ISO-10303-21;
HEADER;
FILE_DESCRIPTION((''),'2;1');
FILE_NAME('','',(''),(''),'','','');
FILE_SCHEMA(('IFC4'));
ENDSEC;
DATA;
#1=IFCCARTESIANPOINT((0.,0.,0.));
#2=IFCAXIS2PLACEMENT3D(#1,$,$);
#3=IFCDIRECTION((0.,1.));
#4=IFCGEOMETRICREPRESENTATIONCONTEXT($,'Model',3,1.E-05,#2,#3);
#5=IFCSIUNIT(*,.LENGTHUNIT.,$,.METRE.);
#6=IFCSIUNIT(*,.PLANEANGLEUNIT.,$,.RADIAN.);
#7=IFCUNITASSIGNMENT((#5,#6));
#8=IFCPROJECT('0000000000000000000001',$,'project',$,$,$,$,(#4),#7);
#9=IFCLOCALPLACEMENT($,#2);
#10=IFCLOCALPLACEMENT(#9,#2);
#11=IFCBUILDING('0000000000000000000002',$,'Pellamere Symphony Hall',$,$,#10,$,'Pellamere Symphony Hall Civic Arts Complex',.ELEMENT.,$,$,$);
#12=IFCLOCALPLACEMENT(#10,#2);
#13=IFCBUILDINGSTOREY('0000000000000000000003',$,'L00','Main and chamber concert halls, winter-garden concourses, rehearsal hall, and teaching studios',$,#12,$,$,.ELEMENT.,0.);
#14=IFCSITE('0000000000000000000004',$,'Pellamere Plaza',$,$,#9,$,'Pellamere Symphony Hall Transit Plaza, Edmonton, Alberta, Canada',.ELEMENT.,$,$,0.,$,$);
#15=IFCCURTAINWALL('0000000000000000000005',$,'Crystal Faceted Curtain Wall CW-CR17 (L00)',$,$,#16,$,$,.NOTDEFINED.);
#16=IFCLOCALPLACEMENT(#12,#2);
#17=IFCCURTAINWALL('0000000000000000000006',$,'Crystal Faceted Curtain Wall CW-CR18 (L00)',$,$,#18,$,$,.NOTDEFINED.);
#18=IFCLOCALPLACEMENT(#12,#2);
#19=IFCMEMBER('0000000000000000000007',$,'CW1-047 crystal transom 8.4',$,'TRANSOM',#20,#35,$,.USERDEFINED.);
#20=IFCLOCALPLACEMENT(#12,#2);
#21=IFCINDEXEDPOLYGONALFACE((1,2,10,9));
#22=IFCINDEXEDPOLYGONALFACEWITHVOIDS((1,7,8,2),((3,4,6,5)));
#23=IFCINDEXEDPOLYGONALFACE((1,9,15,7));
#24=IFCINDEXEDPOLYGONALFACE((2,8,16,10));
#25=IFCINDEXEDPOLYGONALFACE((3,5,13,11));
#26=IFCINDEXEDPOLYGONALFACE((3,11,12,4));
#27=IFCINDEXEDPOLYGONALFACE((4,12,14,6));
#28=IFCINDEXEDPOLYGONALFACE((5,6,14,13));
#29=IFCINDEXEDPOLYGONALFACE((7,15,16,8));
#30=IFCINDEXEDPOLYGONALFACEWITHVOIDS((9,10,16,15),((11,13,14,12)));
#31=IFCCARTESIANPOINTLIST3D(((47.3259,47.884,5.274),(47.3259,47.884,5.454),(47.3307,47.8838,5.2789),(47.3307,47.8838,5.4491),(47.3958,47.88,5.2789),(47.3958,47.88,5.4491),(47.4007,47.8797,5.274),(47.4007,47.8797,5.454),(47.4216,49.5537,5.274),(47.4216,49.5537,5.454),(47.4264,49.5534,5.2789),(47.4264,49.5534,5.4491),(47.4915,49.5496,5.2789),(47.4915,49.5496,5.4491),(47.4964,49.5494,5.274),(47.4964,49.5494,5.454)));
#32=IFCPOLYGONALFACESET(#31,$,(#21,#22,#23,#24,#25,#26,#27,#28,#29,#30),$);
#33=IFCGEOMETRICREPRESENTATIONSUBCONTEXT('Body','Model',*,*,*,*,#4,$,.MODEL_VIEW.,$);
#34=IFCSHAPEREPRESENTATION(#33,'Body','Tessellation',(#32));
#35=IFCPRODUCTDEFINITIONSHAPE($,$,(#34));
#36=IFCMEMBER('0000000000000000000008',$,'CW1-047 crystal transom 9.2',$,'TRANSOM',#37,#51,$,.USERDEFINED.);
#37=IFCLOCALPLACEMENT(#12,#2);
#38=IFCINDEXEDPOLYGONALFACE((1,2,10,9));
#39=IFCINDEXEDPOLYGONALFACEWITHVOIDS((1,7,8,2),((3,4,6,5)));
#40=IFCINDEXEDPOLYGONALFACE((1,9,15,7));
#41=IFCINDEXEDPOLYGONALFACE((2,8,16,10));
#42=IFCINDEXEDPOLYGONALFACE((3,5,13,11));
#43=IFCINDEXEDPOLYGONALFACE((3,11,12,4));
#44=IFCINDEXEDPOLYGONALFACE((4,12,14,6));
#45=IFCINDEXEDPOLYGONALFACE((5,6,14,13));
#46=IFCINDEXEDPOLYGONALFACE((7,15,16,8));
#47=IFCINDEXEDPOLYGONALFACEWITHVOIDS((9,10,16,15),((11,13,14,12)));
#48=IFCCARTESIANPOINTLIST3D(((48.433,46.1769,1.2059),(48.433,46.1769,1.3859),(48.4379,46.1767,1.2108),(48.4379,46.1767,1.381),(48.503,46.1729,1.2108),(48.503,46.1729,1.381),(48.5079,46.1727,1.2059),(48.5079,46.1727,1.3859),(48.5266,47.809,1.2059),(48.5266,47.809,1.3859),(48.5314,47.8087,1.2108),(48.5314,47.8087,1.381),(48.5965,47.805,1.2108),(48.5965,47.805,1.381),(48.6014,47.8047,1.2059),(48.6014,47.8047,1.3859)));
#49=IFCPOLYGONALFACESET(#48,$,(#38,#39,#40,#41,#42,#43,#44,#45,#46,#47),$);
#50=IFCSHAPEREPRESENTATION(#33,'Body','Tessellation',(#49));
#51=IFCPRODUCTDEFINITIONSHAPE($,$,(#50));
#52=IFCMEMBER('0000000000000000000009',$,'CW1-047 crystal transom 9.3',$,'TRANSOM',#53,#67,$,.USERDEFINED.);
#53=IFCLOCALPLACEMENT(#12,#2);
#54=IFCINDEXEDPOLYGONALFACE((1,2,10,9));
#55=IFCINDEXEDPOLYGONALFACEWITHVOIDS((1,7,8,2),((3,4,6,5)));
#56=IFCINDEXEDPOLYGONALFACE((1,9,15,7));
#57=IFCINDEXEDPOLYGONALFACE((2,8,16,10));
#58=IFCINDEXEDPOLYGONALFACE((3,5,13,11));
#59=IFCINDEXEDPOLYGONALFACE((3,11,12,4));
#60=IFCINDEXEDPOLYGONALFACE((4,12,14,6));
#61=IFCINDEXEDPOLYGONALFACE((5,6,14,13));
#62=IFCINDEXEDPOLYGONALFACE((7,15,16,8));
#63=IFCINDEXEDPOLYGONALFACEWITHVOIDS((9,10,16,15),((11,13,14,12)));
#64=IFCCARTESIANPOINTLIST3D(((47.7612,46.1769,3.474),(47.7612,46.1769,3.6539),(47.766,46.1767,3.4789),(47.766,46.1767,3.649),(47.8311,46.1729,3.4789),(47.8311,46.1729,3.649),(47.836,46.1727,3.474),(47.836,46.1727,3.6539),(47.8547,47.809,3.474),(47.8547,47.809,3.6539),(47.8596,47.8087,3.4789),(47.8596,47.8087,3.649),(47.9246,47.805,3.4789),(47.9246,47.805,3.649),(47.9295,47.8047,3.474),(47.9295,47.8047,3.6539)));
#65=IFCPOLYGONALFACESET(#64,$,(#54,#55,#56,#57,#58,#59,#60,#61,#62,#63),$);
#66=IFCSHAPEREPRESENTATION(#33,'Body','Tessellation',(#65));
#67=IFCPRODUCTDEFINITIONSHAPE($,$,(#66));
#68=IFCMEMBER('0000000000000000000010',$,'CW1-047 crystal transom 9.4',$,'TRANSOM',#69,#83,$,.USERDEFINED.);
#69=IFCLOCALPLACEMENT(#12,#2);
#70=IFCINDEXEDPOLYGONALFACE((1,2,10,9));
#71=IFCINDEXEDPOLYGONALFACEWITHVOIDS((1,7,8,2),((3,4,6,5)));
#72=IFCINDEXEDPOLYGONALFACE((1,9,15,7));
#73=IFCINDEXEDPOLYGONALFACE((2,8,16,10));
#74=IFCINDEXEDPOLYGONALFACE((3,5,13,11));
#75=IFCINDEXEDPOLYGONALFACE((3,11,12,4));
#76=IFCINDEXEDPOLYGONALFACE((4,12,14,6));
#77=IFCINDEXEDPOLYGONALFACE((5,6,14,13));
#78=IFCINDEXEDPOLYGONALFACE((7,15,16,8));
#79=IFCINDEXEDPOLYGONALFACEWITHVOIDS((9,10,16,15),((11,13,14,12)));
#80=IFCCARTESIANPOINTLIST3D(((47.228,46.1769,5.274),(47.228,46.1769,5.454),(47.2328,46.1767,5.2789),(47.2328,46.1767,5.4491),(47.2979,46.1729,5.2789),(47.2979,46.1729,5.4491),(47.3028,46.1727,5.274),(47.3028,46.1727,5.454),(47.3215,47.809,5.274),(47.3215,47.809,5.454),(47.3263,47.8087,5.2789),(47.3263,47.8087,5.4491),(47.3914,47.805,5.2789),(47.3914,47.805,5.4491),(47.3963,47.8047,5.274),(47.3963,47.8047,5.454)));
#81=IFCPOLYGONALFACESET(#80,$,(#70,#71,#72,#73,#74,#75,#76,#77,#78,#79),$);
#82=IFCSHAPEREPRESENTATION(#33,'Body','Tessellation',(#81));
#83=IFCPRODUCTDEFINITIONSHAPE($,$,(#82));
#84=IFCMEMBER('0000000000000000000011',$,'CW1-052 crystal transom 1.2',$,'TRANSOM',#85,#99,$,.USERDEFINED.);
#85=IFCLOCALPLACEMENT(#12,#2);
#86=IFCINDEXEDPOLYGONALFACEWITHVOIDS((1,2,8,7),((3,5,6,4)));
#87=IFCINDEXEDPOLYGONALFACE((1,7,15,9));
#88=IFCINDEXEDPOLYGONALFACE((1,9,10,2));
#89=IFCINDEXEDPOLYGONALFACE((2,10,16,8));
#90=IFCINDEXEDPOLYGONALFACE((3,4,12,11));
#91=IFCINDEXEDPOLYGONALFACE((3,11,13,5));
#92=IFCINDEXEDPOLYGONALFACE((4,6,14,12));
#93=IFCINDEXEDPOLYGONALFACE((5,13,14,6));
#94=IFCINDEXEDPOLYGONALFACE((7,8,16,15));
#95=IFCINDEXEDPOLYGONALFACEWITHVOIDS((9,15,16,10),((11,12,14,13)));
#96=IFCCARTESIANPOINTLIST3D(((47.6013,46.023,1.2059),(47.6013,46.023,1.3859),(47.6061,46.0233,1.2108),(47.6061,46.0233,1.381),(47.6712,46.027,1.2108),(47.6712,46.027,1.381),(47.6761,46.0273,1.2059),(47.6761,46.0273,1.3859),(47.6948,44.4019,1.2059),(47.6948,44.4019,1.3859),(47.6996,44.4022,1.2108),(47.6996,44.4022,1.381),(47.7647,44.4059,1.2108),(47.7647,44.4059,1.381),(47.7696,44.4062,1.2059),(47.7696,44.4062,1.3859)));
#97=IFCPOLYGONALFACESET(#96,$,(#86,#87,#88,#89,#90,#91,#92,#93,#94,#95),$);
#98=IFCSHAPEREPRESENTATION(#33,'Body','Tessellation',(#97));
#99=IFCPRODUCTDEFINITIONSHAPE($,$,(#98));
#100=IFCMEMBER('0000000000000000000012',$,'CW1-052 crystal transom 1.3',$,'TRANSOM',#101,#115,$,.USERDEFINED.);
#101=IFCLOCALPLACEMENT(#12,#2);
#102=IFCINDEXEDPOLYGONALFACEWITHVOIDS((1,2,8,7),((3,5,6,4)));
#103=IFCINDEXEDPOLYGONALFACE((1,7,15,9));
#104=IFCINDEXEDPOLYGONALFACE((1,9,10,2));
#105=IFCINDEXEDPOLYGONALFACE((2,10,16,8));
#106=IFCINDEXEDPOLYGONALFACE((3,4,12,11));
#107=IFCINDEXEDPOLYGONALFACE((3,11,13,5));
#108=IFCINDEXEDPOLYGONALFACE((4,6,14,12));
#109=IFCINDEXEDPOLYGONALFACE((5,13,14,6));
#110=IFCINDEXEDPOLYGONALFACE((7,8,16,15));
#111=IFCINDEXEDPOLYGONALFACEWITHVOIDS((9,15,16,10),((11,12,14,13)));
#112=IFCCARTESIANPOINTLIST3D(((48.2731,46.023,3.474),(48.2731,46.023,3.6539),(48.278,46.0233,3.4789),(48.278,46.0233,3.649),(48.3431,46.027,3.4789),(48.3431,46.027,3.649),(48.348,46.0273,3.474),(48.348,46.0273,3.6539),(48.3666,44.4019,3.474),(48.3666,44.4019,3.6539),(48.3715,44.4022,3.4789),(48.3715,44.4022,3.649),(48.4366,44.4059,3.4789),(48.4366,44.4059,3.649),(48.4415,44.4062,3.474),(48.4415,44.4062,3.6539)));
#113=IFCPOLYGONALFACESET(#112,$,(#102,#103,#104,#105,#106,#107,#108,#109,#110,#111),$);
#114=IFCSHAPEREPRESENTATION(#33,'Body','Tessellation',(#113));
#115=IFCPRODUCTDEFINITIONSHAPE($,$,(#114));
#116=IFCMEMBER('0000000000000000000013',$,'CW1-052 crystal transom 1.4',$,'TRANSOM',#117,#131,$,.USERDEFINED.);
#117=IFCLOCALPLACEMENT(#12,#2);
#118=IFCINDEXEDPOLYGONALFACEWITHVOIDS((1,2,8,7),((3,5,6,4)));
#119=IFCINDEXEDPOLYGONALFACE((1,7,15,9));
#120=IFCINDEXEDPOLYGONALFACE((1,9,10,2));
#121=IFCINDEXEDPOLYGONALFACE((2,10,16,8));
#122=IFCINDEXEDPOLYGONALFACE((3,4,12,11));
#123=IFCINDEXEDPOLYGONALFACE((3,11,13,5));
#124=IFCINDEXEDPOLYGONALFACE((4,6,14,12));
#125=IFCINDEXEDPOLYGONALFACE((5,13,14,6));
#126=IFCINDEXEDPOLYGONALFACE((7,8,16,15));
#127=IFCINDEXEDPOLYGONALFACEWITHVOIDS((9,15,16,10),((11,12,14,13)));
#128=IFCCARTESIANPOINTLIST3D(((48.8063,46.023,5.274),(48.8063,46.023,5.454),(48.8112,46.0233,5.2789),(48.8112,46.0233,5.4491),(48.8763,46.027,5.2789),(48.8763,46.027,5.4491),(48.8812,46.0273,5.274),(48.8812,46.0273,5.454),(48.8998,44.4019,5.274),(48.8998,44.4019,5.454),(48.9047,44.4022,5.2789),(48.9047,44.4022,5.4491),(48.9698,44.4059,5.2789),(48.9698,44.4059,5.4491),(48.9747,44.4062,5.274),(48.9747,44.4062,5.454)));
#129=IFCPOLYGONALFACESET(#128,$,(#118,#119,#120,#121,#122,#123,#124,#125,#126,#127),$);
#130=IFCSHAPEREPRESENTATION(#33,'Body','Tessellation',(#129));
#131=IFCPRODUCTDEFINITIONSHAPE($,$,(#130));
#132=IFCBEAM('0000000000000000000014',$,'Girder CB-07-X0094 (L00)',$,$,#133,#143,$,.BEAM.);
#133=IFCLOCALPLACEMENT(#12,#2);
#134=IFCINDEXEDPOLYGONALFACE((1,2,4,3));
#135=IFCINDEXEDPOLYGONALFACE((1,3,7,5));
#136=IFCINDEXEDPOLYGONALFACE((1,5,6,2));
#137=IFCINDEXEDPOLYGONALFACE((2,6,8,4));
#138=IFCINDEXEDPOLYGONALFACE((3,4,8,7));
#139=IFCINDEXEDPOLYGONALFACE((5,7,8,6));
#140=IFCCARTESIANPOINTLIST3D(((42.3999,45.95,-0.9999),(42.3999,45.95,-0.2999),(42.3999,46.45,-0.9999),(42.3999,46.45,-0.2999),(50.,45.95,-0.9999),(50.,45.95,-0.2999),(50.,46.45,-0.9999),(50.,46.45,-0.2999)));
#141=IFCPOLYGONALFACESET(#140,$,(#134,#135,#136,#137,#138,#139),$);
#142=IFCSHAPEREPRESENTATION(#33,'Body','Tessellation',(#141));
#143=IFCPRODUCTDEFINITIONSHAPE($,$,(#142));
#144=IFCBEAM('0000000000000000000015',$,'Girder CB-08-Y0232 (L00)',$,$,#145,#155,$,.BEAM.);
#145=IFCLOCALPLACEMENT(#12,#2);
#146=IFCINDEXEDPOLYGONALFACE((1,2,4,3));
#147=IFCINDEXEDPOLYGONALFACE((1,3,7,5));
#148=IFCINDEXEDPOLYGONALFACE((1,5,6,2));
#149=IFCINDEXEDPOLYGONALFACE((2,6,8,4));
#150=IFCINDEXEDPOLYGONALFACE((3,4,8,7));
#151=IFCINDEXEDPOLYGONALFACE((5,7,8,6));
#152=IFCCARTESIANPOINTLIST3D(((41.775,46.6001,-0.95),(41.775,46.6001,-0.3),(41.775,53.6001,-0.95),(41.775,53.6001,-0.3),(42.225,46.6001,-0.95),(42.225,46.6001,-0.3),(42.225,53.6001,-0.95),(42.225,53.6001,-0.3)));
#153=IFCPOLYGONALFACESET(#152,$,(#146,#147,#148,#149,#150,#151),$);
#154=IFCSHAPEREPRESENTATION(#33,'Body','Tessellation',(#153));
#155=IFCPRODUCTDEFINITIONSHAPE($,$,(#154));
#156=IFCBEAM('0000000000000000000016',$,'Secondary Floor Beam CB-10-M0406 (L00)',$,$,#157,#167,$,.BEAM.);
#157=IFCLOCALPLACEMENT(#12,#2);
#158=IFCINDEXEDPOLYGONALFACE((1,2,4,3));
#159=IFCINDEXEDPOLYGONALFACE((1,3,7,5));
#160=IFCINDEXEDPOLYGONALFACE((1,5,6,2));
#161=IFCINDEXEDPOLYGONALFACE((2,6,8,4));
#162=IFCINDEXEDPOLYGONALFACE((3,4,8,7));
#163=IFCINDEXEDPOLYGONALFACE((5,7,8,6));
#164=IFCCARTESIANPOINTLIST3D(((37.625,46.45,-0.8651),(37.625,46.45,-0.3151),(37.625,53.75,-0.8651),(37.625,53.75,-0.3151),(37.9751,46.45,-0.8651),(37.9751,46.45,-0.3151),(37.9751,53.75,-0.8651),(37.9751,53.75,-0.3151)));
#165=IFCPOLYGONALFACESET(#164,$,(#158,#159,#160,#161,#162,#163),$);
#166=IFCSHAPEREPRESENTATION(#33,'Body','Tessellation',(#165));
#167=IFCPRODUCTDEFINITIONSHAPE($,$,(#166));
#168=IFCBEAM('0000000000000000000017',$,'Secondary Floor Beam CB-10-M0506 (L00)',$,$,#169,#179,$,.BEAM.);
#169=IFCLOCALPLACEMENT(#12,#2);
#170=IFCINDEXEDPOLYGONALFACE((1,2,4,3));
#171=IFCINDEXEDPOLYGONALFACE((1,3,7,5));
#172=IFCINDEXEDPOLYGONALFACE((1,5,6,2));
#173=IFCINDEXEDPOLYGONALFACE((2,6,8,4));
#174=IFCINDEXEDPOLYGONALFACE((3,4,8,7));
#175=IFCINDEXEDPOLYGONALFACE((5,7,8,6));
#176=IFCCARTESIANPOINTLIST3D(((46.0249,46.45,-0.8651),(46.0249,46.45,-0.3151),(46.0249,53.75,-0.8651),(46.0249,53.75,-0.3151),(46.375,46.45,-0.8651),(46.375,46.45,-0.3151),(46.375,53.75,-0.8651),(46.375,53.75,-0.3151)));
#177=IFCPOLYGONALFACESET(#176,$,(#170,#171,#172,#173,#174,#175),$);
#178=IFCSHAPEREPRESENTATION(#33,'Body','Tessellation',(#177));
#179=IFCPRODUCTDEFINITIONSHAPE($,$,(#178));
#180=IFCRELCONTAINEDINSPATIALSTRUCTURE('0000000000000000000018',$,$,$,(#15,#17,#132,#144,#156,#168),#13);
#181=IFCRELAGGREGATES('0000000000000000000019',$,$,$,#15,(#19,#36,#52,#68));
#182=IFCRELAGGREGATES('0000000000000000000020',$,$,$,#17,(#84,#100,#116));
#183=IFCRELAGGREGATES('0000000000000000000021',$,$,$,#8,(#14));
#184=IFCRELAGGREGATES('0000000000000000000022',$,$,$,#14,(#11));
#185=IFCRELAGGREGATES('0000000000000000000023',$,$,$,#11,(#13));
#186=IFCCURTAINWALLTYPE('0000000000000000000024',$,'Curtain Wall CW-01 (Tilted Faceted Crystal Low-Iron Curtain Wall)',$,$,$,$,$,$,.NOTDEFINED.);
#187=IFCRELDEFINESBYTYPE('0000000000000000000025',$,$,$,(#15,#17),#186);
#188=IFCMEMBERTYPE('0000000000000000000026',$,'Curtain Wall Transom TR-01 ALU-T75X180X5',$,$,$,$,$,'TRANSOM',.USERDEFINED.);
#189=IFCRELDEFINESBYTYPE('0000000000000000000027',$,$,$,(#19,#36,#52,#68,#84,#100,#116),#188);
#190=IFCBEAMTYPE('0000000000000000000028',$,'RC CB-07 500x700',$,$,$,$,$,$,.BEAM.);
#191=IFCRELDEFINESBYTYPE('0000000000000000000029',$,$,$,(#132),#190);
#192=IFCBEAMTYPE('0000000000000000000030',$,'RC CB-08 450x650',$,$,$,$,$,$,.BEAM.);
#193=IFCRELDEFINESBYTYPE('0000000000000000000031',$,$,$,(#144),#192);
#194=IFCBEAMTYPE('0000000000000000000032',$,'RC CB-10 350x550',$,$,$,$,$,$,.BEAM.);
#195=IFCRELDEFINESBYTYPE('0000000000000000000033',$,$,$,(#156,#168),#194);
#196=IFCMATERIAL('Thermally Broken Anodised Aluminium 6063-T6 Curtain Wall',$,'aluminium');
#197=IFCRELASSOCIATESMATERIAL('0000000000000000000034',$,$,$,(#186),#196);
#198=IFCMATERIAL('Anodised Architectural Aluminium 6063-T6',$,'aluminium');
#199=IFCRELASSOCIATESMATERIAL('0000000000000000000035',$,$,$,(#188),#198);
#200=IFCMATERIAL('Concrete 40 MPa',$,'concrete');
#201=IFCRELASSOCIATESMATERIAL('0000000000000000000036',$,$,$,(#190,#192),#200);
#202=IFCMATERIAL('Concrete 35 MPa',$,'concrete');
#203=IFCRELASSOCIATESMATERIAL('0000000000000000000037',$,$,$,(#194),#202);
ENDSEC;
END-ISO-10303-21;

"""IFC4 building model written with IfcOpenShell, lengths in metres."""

from ifc_helpers import new_model, si_unit, direction, frame, origin, origin_2d, place, context, subcontext, project, spatial, rectangle, hollow_rectangle, extrude, material, material_profile, profile_set, type_object, element, aggregate, save


model = new_model("IFC4")

# Units and contexts
model_context = context("Model", 3, precision=1e-05, world=origin(), true_north=direction((0.0, 1.0)))
body_context = subcontext(model_context, "Body", "Model", "MODEL_VIEW")
ifc_project = project(units=[si_unit("LENGTHUNIT", "METRE"), si_unit("PLANEANGLEUNIT", "RADIAN")], contexts=[model_context])

# Site, building, storey
site_placement = place(None, origin())
site = spatial("IfcSite", under=ifc_project, at=site_placement, Name="Pellamere Plaza", LongName="Pellamere Symphony Hall Transit Plaza, Edmonton, Alberta, Canada", CompositionType="ELEMENT", RefElevation=0.0)
building_placement = place(site_placement, origin())
building = spatial("IfcBuilding", under=site, at=building_placement, Name="Pellamere Symphony Hall", LongName="Pellamere Symphony Hall Civic Arts Complex", CompositionType="ELEMENT")
storey_placement = place(building_placement, origin())
storey = spatial("IfcBuildingStorey", under=building, at=storey_placement, Name="L00", Description="Main and chamber concert halls, winter-garden concourses, rehearsal hall, and teaching studios", CompositionType="ELEMENT", Elevation=0.0)

# Shared definitions
ifc_material_1 = material(Name="Concrete 40 MPa", Category="concrete")

# Curtain walls
ifc_material_2 = material(Name="Thermally Broken Anodised Aluminium 6063-T6 Curtain Wall", Category="aluminium")
curtain_wall_type = type_object("IfcCurtainWallType", Name="Curtain Wall CW-01 (Tilted Faceted Crystal Low-Iron Curtain Wall)", PredefinedType="NOTDEFINED", material=ifc_material_2)
curtain_wall_1_placement = place(storey_placement, origin())
curtain_wall_1 = element("IfcCurtainWall", 1, at=curtain_wall_1_placement, inside=storey, type_object=curtain_wall_type, Name="Crystal Faceted Curtain Wall CW-CR17 (L00)", PredefinedType="NOTDEFINED")
ifc_material_3 = material(Name="Anodised Architectural Aluminium 6063-T6", Category="aluminium")
curtain_wall_2_placement = place(storey_placement, origin())
curtain_wall_2 = element("IfcCurtainWall", 2, at=curtain_wall_2_placement, inside=storey, type_object=curtain_wall_type, Name="Crystal Faceted Curtain Wall CW-CR18 (L00)", PredefinedType="NOTDEFINED")

# Members
ifc_material_profile_1 = material_profile(ifc_material_3, hollow_rectangle(XDim=0.075, YDim=0.1799, WallThickness=0.0049, at=origin_2d()), Name="ALU-T75X180X5")
ifc_profile_set_1 = profile_set([ifc_material_profile_1], Name="Anodised Architectural Aluminium 6063-T6")
member_type_1 = type_object("IfcMemberType", Name="Curtain Wall Transom TR-01 ALU-T75X180X5", ElementType="TRANSOM", PredefinedType="USERDEFINED", material=ifc_profile_set_1)
member_1_placement = place(storey_placement, frame((47.459, 49.5515, 5.364), z_axis=(-0.057224, -0.998361, 0.0), x_axis=(0.998361, -0.057224, 0.0)))
member_1 = element("IfcMember", 3, at=member_1_placement, type_object=member_type_1, Name="CW1-047 crystal transom 8.4", ObjectType="TRANSOM", PredefinedType="USERDEFINED", context=body_context, shape_type="SweptSolid", body=[
    extrude(hollow_rectangle(XDim=0.075, YDim=0.1799, WallThickness=0.0049, at=origin_2d()), origin(), (0.0, 0.0, 1.0), 1.6724),
])
member_2_placement = place(storey_placement, frame((48.564, 47.8069, 1.2959), z_axis=(-0.057199, -0.998363, 0.0), x_axis=(0.998363, -0.057199, 0.0)))
member_2 = element("IfcMember", 4, at=member_2_placement, type_object=member_type_1, Name="CW1-047 crystal transom 9.2", ObjectType="TRANSOM", PredefinedType="USERDEFINED", context=body_context, shape_type="SweptSolid", body=[
    extrude(hollow_rectangle(XDim=0.075, YDim=0.1799, WallThickness=0.0049, at=origin_2d()), origin(), (0.0, 0.0, 1.0), 1.6348),
])
member_3_placement = place(storey_placement, frame((47.8921, 47.8069, 3.564), z_axis=(-0.057199, -0.998363, 0.0), x_axis=(0.998363, -0.057199, 0.0)))
member_3 = element("IfcMember", 5, at=member_3_placement, type_object=member_type_1, Name="CW1-047 crystal transom 9.3", ObjectType="TRANSOM", PredefinedType="USERDEFINED", context=body_context, shape_type="SweptSolid", body=[
    extrude(hollow_rectangle(XDim=0.075, YDim=0.1799, WallThickness=0.0049, at=origin_2d()), origin(), (0.0, 0.0, 1.0), 1.6348),
])
member_4_placement = place(storey_placement, frame((47.3589, 47.8069, 5.364), z_axis=(-0.057199, -0.998363, 0.0), x_axis=(0.998363, -0.057199, 0.0)))
member_4 = element("IfcMember", 6, at=member_4_placement, type_object=member_type_1, Name="CW1-047 crystal transom 9.4", ObjectType="TRANSOM", PredefinedType="USERDEFINED", context=body_context, shape_type="SweptSolid", body=[
    extrude(hollow_rectangle(XDim=0.075, YDim=0.1799, WallThickness=0.0049, at=origin_2d()), origin(), (0.0, 0.0, 1.0), 1.6348),
])
member_5_placement = place(storey_placement, frame((47.6387, 46.0251, 1.2959), z_axis=(0.057585, -0.998341, 0.0), x_axis=(0.998341, 0.057585, 0.0)))
member_5 = element("IfcMember", 7, at=member_5_placement, type_object=member_type_1, Name="CW1-052 crystal transom 1.2", ObjectType="TRANSOM", PredefinedType="USERDEFINED", context=body_context, shape_type="SweptSolid", body=[
    extrude(hollow_rectangle(XDim=0.075, YDim=0.1799, WallThickness=0.0049, at=origin_2d()), origin(), (0.0, 0.0, 1.0), 1.6238),
])
member_6_placement = place(storey_placement, frame((48.3105, 46.0251, 3.564), z_axis=(0.057585, -0.998341, 0.0), x_axis=(0.998341, 0.057585, 0.0)))
member_6 = element("IfcMember", 8, at=member_6_placement, type_object=member_type_1, Name="CW1-052 crystal transom 1.3", ObjectType="TRANSOM", PredefinedType="USERDEFINED", context=body_context, shape_type="SweptSolid", body=[
    extrude(hollow_rectangle(XDim=0.075, YDim=0.1799, WallThickness=0.0049, at=origin_2d()), origin(), (0.0, 0.0, 1.0), 1.6238),
])
member_7_placement = place(storey_placement, frame((48.8438, 46.0251, 5.364), z_axis=(0.057585, -0.998341, 0.0), x_axis=(0.998341, 0.057585, 0.0)))
member_7 = element("IfcMember", 9, at=member_7_placement, type_object=member_type_1, Name="CW1-052 crystal transom 1.4", ObjectType="TRANSOM", PredefinedType="USERDEFINED", context=body_context, shape_type="SweptSolid", body=[
    extrude(hollow_rectangle(XDim=0.075, YDim=0.1799, WallThickness=0.0049, at=origin_2d()), origin(), (0.0, 0.0, 1.0), 1.6238),
])

# Beams
ifc_material_profile_2 = material_profile(ifc_material_1, rectangle(XDim=0.5, YDim=0.7, at=origin_2d()), Name="RC 500x700")
ifc_profile_set_2 = profile_set([ifc_material_profile_2], Name="Concrete 40 MPa")
beam_type_1 = type_object("IfcBeamType", Name="RC CB-07 500x700", PredefinedType="BEAM", material=ifc_profile_set_2)
beam_1_placement = place(storey_placement, frame((42.3999, 46.2, -0.6499), z_axis=(1.0, 0.0, 0.0), x_axis=(0.0, 1.0, 0.0)))
element("IfcBeam", 10, at=beam_1_placement, inside=storey, type_object=beam_type_1, Name="Girder CB-07-X0094 (L00)", PredefinedType="BEAM", context=body_context, shape_type="SweptSolid", body=[
    extrude(rectangle(XDim=0.5, YDim=0.7, at=origin_2d()), origin(), (0.0, 0.0, 1.0), 7.6001),
])
ifc_material_profile_3 = material_profile(ifc_material_1, rectangle(XDim=0.45, YDim=0.6499, at=origin_2d()), Name="RC 450x650")
ifc_profile_set_3 = profile_set([ifc_material_profile_3], Name="Concrete 40 MPa")
beam_type_2 = type_object("IfcBeamType", Name="RC CB-08 450x650", PredefinedType="BEAM", material=ifc_profile_set_3)
beam_2_placement = place(storey_placement, frame((42.0, 46.6001, -0.625), z_axis=(0.0, 1.0, 0.0), x_axis=(-1.0, 0.0, 0.0)))
element("IfcBeam", 11, at=beam_2_placement, inside=storey, type_object=beam_type_2, Name="Girder CB-08-Y0232 (L00)", PredefinedType="BEAM", context=body_context, shape_type="SweptSolid", body=[
    extrude(rectangle(XDim=0.45, YDim=0.6499, at=origin_2d()), origin(), (0.0, 0.0, 1.0), 7.0),
])
ifc_material_4 = material(Name="Concrete 35 MPa", Category="concrete")
ifc_material_profile_4 = material_profile(ifc_material_4, rectangle(XDim=0.3501, YDim=0.55, at=origin_2d()), Name="RC 350x550")
ifc_profile_set_4 = profile_set([ifc_material_profile_4], Name="Concrete 35 MPa")
beam_type_3 = type_object("IfcBeamType", Name="RC CB-10 350x550", PredefinedType="BEAM", material=ifc_profile_set_4)
for number, where, z_axis, x_axis, name in (
    (12, (37.8, 46.45, -0.5901), (0.0, 1.0, 0.0), (-1.0, 0.0, 0.0), "Secondary Floor Beam CB-10-M0406 (L00)"),
    (13, (46.2, 46.45, -0.5901), (0.0, 1.0, 0.0), (-1.0, 0.0, 0.0), "Secondary Floor Beam CB-10-M0506 (L00)"),
):
    element("IfcBeam", number, at=place(storey_placement, frame(where, z_axis=z_axis, x_axis=x_axis)), inside=storey, type_object=beam_type_3, Name=name, PredefinedType="BEAM", context=body_context, shape_type="SweptSolid", body=[
        extrude(rectangle(XDim=0.3501, YDim=0.55, at=origin_2d()), origin(), (0.0, 0.0, 1.0), 7.3),
    ])

aggregate(curtain_wall_1, [member_1, member_2, member_3, member_4])
aggregate(curtain_wall_2, [member_5, member_6, member_7])

save(model, "model.ifc")
